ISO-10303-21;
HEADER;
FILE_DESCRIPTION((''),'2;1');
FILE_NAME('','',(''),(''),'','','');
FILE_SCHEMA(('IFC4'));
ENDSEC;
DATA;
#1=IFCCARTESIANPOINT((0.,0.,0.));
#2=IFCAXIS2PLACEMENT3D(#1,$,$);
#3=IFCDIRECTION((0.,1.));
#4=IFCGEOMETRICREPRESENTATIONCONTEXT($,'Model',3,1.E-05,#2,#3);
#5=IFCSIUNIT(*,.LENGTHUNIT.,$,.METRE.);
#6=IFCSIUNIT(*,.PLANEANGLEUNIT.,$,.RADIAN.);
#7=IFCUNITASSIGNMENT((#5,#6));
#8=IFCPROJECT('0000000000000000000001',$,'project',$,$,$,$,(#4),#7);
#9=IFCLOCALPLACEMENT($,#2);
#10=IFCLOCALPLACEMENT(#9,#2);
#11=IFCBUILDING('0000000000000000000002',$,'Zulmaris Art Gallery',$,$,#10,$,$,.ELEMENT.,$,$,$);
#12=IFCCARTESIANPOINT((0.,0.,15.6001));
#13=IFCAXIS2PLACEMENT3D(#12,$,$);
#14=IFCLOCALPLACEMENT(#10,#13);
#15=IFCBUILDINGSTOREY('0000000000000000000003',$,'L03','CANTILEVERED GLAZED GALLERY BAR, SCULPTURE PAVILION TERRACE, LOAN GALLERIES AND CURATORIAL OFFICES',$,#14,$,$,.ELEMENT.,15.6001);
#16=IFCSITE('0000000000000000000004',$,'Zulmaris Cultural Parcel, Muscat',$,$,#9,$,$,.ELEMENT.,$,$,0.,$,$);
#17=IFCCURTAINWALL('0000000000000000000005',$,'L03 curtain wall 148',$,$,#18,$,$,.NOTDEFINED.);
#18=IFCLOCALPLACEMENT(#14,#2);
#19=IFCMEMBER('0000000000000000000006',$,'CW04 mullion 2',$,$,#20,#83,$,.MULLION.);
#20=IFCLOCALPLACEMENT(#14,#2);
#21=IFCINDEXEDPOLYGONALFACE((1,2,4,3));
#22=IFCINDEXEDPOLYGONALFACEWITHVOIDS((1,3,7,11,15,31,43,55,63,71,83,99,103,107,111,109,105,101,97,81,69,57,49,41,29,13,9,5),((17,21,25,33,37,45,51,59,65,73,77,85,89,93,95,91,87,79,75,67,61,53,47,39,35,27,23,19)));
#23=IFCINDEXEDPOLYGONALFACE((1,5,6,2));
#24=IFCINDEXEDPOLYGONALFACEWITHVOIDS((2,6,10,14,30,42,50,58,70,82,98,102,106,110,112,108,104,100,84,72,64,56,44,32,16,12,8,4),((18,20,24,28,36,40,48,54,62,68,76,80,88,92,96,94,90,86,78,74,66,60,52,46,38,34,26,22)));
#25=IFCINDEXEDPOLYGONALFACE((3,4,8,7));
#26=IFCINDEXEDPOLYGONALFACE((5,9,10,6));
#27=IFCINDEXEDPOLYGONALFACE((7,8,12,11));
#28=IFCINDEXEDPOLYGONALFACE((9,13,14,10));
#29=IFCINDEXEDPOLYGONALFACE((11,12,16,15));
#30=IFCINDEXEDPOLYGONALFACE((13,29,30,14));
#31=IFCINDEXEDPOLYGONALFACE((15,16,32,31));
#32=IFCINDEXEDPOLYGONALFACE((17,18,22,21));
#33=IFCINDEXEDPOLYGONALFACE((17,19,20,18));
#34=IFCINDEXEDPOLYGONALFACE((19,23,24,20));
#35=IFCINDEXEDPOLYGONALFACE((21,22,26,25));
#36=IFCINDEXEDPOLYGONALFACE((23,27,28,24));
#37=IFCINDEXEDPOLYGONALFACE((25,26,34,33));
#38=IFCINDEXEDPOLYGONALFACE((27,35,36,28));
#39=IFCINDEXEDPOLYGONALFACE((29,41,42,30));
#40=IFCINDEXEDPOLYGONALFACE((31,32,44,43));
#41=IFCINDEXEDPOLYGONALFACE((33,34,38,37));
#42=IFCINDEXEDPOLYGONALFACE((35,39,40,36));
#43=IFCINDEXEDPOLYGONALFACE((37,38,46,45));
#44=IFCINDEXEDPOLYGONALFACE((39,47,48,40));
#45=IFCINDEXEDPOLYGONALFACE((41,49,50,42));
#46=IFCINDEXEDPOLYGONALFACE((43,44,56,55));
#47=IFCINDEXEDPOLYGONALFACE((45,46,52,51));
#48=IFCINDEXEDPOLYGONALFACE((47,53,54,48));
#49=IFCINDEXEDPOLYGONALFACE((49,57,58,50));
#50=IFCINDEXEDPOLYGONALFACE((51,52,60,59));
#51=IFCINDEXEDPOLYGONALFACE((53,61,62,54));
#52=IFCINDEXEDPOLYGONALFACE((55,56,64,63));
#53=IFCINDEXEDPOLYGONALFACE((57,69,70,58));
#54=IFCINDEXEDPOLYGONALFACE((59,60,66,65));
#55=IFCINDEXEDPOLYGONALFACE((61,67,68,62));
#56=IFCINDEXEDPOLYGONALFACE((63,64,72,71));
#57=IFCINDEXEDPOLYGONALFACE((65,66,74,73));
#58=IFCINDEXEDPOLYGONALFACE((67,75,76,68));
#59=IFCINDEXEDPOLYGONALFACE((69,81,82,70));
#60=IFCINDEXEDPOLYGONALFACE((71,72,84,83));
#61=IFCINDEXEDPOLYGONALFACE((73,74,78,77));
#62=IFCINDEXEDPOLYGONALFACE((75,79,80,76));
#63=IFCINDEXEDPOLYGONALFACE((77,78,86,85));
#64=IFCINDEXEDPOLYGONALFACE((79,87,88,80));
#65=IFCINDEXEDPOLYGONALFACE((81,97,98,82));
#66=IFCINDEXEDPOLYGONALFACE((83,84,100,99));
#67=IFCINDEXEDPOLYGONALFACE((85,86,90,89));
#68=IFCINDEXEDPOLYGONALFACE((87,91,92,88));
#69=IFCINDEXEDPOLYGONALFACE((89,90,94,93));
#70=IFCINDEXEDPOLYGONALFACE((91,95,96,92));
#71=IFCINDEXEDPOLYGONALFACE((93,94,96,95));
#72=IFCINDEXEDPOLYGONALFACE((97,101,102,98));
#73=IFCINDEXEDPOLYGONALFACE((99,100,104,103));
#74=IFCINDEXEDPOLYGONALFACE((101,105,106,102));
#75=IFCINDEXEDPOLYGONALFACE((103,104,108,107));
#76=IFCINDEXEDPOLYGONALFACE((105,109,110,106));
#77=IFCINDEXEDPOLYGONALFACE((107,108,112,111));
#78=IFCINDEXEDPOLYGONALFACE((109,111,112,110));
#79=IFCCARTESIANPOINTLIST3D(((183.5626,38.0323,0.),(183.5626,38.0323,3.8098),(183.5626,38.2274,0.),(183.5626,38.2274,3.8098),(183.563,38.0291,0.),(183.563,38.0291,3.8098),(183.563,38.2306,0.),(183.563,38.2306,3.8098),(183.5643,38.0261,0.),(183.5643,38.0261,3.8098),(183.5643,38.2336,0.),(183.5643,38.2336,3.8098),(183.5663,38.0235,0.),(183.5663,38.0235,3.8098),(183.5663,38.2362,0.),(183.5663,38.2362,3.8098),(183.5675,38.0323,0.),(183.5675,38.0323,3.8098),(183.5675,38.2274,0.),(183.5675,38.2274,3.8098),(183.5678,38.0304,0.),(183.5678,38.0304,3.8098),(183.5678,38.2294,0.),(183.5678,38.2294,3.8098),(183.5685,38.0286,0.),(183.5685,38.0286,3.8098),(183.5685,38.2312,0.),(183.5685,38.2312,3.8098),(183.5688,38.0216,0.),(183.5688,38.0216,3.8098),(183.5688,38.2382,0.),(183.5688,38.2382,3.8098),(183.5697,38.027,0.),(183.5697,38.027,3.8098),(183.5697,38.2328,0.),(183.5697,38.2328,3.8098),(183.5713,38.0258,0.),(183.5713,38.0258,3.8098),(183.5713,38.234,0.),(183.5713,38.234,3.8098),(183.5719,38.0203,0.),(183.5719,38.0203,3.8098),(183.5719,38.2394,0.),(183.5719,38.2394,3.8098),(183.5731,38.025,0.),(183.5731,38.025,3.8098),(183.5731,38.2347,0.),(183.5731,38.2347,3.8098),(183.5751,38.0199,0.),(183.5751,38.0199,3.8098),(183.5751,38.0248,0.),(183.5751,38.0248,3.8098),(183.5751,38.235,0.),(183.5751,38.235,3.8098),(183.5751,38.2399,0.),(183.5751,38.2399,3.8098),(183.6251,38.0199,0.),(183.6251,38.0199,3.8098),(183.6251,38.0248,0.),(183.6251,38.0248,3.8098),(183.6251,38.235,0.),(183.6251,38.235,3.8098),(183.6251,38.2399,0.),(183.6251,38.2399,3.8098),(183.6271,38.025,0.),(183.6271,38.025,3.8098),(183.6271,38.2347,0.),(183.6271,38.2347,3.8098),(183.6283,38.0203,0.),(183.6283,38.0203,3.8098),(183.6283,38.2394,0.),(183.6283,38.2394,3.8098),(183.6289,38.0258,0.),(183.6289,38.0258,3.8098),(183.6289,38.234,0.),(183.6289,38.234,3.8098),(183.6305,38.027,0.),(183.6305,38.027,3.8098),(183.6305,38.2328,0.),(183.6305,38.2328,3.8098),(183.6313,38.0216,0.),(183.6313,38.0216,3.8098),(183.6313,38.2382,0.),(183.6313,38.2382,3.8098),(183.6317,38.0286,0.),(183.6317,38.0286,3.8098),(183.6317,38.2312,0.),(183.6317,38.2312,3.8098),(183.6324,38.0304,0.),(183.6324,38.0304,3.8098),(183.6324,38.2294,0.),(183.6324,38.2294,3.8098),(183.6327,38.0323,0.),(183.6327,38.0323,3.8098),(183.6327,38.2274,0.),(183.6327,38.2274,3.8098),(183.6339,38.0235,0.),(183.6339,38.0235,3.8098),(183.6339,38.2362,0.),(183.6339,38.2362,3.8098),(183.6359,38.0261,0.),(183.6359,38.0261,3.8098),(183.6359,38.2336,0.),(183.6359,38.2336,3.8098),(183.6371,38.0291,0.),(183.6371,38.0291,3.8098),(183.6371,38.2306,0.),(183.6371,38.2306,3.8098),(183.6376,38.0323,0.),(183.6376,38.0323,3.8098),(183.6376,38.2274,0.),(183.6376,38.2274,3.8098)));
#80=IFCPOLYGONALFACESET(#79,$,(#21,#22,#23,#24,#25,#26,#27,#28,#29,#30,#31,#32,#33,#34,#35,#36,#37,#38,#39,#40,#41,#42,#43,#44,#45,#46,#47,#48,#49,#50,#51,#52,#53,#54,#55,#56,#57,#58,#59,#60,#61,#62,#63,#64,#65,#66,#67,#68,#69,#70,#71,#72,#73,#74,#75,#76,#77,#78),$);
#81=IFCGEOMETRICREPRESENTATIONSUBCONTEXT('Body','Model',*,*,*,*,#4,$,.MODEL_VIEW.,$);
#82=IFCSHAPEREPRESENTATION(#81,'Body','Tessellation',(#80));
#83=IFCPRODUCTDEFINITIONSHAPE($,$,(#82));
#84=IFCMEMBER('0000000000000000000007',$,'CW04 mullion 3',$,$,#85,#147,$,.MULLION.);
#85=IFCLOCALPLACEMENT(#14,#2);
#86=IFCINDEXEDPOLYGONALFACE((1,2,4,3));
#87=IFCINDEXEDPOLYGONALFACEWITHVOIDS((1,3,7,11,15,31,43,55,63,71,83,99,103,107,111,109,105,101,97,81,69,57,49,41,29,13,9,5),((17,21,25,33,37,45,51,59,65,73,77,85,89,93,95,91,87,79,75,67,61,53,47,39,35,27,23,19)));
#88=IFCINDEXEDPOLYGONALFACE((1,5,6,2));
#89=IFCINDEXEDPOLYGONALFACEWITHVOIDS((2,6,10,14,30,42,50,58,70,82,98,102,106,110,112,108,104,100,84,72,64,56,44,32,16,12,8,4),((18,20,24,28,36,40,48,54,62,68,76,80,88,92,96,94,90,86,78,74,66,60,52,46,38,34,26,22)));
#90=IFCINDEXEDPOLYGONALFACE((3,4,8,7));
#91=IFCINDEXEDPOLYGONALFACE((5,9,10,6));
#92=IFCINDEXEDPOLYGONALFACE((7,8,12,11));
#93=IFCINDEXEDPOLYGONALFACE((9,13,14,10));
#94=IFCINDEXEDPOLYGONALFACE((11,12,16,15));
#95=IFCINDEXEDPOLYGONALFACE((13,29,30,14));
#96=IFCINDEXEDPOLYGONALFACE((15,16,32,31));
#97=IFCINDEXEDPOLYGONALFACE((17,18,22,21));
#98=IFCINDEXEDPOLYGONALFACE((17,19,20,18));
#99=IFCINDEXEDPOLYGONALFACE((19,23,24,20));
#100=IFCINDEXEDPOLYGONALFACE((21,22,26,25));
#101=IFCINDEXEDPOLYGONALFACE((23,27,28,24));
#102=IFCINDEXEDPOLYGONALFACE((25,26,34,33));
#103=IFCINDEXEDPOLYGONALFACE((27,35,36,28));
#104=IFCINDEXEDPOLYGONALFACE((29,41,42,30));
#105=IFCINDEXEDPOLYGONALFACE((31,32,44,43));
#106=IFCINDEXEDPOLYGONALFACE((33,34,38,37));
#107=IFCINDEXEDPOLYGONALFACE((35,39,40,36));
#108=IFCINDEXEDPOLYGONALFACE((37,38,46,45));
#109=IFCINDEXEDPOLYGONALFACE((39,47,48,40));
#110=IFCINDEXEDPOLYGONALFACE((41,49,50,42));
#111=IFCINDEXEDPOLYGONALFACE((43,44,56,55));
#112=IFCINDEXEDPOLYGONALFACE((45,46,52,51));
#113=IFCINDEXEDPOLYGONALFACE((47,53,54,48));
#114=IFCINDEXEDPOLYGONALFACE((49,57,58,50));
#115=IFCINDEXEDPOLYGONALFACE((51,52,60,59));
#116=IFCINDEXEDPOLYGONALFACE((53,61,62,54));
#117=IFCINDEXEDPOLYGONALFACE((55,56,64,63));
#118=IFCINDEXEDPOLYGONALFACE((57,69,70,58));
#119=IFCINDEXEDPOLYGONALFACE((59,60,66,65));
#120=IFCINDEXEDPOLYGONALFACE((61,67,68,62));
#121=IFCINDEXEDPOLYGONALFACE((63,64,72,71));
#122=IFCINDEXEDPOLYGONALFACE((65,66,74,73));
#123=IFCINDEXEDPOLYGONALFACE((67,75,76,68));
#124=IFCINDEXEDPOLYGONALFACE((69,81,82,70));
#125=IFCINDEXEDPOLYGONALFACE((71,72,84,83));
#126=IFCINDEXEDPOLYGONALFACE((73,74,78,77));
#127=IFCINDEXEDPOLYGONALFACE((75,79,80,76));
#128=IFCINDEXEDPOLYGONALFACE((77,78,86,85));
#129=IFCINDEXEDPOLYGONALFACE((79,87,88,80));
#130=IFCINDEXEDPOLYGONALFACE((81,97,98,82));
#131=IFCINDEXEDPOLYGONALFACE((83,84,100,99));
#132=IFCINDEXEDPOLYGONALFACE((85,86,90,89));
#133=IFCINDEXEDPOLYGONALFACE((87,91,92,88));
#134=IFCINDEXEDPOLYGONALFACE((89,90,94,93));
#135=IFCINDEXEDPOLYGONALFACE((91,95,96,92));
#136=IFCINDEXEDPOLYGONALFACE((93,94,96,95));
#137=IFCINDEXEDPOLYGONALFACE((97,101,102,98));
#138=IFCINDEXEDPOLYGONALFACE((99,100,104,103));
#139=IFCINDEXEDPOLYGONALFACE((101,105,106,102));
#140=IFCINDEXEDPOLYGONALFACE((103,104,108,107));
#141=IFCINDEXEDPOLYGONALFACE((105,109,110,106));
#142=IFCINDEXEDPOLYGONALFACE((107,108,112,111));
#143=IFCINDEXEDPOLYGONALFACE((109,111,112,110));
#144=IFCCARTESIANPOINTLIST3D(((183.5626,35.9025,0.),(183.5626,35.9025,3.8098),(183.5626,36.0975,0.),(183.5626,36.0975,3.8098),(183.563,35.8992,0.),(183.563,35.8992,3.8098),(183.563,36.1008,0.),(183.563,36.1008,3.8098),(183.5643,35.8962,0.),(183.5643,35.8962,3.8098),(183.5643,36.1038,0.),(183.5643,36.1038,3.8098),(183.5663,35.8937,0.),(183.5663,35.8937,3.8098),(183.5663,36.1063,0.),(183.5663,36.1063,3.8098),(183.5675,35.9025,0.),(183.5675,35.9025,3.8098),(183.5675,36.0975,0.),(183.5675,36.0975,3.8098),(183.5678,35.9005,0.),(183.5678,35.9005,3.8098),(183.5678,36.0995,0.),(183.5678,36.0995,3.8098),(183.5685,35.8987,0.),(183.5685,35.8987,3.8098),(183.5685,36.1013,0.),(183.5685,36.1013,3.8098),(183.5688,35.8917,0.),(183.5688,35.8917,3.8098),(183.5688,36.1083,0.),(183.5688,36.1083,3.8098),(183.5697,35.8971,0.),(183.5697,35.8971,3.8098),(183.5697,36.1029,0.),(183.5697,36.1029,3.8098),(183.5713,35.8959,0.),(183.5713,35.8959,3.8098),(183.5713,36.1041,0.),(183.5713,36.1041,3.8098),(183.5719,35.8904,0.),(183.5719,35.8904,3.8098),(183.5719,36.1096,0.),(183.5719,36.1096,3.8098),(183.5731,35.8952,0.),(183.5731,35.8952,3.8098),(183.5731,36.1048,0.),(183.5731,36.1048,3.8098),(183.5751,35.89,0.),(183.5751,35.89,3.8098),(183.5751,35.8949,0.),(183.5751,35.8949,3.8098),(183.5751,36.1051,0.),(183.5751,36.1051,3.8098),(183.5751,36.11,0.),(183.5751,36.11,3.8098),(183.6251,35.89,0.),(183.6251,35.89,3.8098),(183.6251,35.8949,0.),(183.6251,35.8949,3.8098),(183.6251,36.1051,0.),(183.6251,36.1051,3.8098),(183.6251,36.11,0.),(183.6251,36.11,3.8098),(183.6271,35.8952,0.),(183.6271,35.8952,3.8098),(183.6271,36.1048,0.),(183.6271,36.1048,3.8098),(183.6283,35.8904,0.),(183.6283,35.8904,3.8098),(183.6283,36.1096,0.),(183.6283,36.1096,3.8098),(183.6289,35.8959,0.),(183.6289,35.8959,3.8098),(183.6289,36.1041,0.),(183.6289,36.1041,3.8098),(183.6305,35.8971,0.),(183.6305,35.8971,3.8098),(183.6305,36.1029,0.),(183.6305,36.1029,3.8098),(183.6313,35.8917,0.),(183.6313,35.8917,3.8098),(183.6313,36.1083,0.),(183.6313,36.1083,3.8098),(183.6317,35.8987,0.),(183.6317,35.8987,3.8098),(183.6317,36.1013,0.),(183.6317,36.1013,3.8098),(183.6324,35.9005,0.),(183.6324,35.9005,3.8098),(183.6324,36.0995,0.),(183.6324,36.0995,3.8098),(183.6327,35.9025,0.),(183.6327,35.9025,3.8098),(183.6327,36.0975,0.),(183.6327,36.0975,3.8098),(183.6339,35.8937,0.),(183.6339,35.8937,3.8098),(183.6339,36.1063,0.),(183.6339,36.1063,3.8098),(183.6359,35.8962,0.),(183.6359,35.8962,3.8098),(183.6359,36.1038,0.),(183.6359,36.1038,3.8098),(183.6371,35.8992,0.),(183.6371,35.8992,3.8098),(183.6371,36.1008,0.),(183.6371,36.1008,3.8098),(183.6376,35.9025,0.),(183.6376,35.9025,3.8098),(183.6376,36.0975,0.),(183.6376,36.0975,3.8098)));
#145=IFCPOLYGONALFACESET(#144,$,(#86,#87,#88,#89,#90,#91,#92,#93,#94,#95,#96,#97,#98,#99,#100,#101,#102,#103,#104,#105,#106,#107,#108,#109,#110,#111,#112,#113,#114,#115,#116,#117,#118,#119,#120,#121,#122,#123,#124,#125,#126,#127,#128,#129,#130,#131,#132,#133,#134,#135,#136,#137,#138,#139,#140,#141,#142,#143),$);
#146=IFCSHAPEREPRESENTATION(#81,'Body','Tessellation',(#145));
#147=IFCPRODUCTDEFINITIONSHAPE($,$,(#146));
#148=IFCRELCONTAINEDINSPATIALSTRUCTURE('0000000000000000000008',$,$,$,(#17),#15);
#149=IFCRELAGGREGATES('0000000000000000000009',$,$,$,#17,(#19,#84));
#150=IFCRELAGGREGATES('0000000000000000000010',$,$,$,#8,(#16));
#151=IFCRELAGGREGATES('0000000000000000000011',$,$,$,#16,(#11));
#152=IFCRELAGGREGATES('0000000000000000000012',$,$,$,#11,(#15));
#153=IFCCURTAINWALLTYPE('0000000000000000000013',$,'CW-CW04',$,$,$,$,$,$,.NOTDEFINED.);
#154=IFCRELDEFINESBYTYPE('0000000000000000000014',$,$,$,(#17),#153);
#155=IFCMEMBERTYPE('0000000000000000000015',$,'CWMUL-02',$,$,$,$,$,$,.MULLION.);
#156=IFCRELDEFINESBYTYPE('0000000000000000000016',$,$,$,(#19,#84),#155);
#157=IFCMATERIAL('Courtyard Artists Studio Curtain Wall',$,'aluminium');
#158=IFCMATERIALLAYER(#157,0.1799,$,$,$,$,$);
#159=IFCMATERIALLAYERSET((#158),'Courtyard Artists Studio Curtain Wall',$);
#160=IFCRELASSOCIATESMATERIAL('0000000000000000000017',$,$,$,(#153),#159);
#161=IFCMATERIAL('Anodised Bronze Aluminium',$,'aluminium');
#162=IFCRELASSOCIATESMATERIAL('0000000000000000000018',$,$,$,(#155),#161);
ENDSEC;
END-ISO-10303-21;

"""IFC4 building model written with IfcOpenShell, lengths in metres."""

from ifc_helpers import new_model, si_unit, direction, frame, origin, origin_2d, place, context, subcontext, project, spatial, hollow_rectangle, extrude, material, layer, layer_set, material_profile, profile_set, type_object, element, aggregate, save


model = new_model("IFC4")

# Units and contexts
model_context = context("Model", 3, precision=1e-05, world=origin(), true_north=direction((0.0, 1.0)))
body_context = subcontext(model_context, "Body", "Model", "MODEL_VIEW")
ifc_project = project(units=[si_unit("LENGTHUNIT", "METRE"), si_unit("PLANEANGLEUNIT", "RADIAN")], contexts=[model_context])

# Site, building, storey
site_placement = place(None, origin())
site = spatial("IfcSite", under=ifc_project, at=site_placement, Name="Zulmaris Cultural Parcel, Muscat", CompositionType="ELEMENT", RefElevation=0.0)
building_placement = place(site_placement, origin())
building = spatial("IfcBuilding", under=site, at=building_placement, Name="Zulmaris Art Gallery", CompositionType="ELEMENT")
storey_placement = place(building_placement, frame((0.0, 0.0, 15.6001)))
storey = spatial("IfcBuildingStorey", under=building, at=storey_placement, Name="L03", Description="CANTILEVERED GLAZED GALLERY BAR, SCULPTURE PAVILION TERRACE, LOAN GALLERIES AND CURATORIAL OFFICES", CompositionType="ELEMENT", Elevation=15.6001)

# Curtain wall, members
ifc_material_1 = material(Name="Courtyard Artists Studio Curtain Wall", Category="aluminium")
ifc_layer_1 = layer(ifc_material_1, 0.1799)
ifc_layer_set_1 = layer_set([ifc_layer_1], Name="Courtyard Artists Studio Curtain Wall")
curtain_wall_type = type_object("IfcCurtainWallType", Name="CW-CW04", PredefinedType="NOTDEFINED", material=ifc_layer_set_1)
curtain_wall_1_placement = place(storey_placement, origin())
curtain_wall_1 = element("IfcCurtainWall", 1, at=curtain_wall_1_placement, inside=storey, type_object=curtain_wall_type, Name="L03 curtain wall 148", PredefinedType="NOTDEFINED")
ifc_material_2 = material(Name="Anodised Bronze Aluminium", Category="aluminium")
ifc_material_profile_1 = material_profile(ifc_material_2, hollow_rectangle(XDim=0.075, YDim=0.22, WallThickness=0.0049, InnerFilletRadius=0.0076, OuterFilletRadius=0.0125, at=origin_2d()), Name="ALU 75x220x5")
ifc_profile_set_1 = profile_set([ifc_material_profile_1], Name="Anodised Bronze Aluminium")
member_type_1 = type_object("IfcMemberType", Name="CWMUL-02", PredefinedType="MULLION", material=ifc_profile_set_1)
member_1_placement = place(storey_placement, frame((183.6001, 38.1299, 0.0), z_axis=(0.0, 0.0, 1.0), x_axis=(1.0, 0.0, 0.0)))
member_1 = element("IfcMember", 2, at=member_1_placement, type_object=member_type_1, Name="CW04 mullion 2", PredefinedType="MULLION", context=body_context, shape_type="SweptSolid", body=[
    extrude(hollow_rectangle(XDim=0.075, YDim=0.22, WallThickness=0.0049, InnerFilletRadius=0.0076, OuterFilletRadius=0.0125, at=origin_2d()), origin(), (0.0, 0.0, 1.0), 3.8098),
])
member_2_placement = place(storey_placement, frame((183.6001, 36.0, 0.0), z_axis=(0.0, 0.0, 1.0), x_axis=(1.0, 0.0, 0.0)))
member_2 = element("IfcMember", 3, at=member_2_placement, type_object=member_type_1, Name="CW04 mullion 3", PredefinedType="MULLION", context=body_context, shape_type="SweptSolid", body=[
    extrude(hollow_rectangle(XDim=0.075, YDim=0.22, WallThickness=0.0049, InnerFilletRadius=0.0076, OuterFilletRadius=0.0125, at=origin_2d()), origin(), (0.0, 0.0, 1.0), 3.8098),
])

aggregate(curtain_wall_1, [member_1, member_2])

save(model, "model.ifc")
